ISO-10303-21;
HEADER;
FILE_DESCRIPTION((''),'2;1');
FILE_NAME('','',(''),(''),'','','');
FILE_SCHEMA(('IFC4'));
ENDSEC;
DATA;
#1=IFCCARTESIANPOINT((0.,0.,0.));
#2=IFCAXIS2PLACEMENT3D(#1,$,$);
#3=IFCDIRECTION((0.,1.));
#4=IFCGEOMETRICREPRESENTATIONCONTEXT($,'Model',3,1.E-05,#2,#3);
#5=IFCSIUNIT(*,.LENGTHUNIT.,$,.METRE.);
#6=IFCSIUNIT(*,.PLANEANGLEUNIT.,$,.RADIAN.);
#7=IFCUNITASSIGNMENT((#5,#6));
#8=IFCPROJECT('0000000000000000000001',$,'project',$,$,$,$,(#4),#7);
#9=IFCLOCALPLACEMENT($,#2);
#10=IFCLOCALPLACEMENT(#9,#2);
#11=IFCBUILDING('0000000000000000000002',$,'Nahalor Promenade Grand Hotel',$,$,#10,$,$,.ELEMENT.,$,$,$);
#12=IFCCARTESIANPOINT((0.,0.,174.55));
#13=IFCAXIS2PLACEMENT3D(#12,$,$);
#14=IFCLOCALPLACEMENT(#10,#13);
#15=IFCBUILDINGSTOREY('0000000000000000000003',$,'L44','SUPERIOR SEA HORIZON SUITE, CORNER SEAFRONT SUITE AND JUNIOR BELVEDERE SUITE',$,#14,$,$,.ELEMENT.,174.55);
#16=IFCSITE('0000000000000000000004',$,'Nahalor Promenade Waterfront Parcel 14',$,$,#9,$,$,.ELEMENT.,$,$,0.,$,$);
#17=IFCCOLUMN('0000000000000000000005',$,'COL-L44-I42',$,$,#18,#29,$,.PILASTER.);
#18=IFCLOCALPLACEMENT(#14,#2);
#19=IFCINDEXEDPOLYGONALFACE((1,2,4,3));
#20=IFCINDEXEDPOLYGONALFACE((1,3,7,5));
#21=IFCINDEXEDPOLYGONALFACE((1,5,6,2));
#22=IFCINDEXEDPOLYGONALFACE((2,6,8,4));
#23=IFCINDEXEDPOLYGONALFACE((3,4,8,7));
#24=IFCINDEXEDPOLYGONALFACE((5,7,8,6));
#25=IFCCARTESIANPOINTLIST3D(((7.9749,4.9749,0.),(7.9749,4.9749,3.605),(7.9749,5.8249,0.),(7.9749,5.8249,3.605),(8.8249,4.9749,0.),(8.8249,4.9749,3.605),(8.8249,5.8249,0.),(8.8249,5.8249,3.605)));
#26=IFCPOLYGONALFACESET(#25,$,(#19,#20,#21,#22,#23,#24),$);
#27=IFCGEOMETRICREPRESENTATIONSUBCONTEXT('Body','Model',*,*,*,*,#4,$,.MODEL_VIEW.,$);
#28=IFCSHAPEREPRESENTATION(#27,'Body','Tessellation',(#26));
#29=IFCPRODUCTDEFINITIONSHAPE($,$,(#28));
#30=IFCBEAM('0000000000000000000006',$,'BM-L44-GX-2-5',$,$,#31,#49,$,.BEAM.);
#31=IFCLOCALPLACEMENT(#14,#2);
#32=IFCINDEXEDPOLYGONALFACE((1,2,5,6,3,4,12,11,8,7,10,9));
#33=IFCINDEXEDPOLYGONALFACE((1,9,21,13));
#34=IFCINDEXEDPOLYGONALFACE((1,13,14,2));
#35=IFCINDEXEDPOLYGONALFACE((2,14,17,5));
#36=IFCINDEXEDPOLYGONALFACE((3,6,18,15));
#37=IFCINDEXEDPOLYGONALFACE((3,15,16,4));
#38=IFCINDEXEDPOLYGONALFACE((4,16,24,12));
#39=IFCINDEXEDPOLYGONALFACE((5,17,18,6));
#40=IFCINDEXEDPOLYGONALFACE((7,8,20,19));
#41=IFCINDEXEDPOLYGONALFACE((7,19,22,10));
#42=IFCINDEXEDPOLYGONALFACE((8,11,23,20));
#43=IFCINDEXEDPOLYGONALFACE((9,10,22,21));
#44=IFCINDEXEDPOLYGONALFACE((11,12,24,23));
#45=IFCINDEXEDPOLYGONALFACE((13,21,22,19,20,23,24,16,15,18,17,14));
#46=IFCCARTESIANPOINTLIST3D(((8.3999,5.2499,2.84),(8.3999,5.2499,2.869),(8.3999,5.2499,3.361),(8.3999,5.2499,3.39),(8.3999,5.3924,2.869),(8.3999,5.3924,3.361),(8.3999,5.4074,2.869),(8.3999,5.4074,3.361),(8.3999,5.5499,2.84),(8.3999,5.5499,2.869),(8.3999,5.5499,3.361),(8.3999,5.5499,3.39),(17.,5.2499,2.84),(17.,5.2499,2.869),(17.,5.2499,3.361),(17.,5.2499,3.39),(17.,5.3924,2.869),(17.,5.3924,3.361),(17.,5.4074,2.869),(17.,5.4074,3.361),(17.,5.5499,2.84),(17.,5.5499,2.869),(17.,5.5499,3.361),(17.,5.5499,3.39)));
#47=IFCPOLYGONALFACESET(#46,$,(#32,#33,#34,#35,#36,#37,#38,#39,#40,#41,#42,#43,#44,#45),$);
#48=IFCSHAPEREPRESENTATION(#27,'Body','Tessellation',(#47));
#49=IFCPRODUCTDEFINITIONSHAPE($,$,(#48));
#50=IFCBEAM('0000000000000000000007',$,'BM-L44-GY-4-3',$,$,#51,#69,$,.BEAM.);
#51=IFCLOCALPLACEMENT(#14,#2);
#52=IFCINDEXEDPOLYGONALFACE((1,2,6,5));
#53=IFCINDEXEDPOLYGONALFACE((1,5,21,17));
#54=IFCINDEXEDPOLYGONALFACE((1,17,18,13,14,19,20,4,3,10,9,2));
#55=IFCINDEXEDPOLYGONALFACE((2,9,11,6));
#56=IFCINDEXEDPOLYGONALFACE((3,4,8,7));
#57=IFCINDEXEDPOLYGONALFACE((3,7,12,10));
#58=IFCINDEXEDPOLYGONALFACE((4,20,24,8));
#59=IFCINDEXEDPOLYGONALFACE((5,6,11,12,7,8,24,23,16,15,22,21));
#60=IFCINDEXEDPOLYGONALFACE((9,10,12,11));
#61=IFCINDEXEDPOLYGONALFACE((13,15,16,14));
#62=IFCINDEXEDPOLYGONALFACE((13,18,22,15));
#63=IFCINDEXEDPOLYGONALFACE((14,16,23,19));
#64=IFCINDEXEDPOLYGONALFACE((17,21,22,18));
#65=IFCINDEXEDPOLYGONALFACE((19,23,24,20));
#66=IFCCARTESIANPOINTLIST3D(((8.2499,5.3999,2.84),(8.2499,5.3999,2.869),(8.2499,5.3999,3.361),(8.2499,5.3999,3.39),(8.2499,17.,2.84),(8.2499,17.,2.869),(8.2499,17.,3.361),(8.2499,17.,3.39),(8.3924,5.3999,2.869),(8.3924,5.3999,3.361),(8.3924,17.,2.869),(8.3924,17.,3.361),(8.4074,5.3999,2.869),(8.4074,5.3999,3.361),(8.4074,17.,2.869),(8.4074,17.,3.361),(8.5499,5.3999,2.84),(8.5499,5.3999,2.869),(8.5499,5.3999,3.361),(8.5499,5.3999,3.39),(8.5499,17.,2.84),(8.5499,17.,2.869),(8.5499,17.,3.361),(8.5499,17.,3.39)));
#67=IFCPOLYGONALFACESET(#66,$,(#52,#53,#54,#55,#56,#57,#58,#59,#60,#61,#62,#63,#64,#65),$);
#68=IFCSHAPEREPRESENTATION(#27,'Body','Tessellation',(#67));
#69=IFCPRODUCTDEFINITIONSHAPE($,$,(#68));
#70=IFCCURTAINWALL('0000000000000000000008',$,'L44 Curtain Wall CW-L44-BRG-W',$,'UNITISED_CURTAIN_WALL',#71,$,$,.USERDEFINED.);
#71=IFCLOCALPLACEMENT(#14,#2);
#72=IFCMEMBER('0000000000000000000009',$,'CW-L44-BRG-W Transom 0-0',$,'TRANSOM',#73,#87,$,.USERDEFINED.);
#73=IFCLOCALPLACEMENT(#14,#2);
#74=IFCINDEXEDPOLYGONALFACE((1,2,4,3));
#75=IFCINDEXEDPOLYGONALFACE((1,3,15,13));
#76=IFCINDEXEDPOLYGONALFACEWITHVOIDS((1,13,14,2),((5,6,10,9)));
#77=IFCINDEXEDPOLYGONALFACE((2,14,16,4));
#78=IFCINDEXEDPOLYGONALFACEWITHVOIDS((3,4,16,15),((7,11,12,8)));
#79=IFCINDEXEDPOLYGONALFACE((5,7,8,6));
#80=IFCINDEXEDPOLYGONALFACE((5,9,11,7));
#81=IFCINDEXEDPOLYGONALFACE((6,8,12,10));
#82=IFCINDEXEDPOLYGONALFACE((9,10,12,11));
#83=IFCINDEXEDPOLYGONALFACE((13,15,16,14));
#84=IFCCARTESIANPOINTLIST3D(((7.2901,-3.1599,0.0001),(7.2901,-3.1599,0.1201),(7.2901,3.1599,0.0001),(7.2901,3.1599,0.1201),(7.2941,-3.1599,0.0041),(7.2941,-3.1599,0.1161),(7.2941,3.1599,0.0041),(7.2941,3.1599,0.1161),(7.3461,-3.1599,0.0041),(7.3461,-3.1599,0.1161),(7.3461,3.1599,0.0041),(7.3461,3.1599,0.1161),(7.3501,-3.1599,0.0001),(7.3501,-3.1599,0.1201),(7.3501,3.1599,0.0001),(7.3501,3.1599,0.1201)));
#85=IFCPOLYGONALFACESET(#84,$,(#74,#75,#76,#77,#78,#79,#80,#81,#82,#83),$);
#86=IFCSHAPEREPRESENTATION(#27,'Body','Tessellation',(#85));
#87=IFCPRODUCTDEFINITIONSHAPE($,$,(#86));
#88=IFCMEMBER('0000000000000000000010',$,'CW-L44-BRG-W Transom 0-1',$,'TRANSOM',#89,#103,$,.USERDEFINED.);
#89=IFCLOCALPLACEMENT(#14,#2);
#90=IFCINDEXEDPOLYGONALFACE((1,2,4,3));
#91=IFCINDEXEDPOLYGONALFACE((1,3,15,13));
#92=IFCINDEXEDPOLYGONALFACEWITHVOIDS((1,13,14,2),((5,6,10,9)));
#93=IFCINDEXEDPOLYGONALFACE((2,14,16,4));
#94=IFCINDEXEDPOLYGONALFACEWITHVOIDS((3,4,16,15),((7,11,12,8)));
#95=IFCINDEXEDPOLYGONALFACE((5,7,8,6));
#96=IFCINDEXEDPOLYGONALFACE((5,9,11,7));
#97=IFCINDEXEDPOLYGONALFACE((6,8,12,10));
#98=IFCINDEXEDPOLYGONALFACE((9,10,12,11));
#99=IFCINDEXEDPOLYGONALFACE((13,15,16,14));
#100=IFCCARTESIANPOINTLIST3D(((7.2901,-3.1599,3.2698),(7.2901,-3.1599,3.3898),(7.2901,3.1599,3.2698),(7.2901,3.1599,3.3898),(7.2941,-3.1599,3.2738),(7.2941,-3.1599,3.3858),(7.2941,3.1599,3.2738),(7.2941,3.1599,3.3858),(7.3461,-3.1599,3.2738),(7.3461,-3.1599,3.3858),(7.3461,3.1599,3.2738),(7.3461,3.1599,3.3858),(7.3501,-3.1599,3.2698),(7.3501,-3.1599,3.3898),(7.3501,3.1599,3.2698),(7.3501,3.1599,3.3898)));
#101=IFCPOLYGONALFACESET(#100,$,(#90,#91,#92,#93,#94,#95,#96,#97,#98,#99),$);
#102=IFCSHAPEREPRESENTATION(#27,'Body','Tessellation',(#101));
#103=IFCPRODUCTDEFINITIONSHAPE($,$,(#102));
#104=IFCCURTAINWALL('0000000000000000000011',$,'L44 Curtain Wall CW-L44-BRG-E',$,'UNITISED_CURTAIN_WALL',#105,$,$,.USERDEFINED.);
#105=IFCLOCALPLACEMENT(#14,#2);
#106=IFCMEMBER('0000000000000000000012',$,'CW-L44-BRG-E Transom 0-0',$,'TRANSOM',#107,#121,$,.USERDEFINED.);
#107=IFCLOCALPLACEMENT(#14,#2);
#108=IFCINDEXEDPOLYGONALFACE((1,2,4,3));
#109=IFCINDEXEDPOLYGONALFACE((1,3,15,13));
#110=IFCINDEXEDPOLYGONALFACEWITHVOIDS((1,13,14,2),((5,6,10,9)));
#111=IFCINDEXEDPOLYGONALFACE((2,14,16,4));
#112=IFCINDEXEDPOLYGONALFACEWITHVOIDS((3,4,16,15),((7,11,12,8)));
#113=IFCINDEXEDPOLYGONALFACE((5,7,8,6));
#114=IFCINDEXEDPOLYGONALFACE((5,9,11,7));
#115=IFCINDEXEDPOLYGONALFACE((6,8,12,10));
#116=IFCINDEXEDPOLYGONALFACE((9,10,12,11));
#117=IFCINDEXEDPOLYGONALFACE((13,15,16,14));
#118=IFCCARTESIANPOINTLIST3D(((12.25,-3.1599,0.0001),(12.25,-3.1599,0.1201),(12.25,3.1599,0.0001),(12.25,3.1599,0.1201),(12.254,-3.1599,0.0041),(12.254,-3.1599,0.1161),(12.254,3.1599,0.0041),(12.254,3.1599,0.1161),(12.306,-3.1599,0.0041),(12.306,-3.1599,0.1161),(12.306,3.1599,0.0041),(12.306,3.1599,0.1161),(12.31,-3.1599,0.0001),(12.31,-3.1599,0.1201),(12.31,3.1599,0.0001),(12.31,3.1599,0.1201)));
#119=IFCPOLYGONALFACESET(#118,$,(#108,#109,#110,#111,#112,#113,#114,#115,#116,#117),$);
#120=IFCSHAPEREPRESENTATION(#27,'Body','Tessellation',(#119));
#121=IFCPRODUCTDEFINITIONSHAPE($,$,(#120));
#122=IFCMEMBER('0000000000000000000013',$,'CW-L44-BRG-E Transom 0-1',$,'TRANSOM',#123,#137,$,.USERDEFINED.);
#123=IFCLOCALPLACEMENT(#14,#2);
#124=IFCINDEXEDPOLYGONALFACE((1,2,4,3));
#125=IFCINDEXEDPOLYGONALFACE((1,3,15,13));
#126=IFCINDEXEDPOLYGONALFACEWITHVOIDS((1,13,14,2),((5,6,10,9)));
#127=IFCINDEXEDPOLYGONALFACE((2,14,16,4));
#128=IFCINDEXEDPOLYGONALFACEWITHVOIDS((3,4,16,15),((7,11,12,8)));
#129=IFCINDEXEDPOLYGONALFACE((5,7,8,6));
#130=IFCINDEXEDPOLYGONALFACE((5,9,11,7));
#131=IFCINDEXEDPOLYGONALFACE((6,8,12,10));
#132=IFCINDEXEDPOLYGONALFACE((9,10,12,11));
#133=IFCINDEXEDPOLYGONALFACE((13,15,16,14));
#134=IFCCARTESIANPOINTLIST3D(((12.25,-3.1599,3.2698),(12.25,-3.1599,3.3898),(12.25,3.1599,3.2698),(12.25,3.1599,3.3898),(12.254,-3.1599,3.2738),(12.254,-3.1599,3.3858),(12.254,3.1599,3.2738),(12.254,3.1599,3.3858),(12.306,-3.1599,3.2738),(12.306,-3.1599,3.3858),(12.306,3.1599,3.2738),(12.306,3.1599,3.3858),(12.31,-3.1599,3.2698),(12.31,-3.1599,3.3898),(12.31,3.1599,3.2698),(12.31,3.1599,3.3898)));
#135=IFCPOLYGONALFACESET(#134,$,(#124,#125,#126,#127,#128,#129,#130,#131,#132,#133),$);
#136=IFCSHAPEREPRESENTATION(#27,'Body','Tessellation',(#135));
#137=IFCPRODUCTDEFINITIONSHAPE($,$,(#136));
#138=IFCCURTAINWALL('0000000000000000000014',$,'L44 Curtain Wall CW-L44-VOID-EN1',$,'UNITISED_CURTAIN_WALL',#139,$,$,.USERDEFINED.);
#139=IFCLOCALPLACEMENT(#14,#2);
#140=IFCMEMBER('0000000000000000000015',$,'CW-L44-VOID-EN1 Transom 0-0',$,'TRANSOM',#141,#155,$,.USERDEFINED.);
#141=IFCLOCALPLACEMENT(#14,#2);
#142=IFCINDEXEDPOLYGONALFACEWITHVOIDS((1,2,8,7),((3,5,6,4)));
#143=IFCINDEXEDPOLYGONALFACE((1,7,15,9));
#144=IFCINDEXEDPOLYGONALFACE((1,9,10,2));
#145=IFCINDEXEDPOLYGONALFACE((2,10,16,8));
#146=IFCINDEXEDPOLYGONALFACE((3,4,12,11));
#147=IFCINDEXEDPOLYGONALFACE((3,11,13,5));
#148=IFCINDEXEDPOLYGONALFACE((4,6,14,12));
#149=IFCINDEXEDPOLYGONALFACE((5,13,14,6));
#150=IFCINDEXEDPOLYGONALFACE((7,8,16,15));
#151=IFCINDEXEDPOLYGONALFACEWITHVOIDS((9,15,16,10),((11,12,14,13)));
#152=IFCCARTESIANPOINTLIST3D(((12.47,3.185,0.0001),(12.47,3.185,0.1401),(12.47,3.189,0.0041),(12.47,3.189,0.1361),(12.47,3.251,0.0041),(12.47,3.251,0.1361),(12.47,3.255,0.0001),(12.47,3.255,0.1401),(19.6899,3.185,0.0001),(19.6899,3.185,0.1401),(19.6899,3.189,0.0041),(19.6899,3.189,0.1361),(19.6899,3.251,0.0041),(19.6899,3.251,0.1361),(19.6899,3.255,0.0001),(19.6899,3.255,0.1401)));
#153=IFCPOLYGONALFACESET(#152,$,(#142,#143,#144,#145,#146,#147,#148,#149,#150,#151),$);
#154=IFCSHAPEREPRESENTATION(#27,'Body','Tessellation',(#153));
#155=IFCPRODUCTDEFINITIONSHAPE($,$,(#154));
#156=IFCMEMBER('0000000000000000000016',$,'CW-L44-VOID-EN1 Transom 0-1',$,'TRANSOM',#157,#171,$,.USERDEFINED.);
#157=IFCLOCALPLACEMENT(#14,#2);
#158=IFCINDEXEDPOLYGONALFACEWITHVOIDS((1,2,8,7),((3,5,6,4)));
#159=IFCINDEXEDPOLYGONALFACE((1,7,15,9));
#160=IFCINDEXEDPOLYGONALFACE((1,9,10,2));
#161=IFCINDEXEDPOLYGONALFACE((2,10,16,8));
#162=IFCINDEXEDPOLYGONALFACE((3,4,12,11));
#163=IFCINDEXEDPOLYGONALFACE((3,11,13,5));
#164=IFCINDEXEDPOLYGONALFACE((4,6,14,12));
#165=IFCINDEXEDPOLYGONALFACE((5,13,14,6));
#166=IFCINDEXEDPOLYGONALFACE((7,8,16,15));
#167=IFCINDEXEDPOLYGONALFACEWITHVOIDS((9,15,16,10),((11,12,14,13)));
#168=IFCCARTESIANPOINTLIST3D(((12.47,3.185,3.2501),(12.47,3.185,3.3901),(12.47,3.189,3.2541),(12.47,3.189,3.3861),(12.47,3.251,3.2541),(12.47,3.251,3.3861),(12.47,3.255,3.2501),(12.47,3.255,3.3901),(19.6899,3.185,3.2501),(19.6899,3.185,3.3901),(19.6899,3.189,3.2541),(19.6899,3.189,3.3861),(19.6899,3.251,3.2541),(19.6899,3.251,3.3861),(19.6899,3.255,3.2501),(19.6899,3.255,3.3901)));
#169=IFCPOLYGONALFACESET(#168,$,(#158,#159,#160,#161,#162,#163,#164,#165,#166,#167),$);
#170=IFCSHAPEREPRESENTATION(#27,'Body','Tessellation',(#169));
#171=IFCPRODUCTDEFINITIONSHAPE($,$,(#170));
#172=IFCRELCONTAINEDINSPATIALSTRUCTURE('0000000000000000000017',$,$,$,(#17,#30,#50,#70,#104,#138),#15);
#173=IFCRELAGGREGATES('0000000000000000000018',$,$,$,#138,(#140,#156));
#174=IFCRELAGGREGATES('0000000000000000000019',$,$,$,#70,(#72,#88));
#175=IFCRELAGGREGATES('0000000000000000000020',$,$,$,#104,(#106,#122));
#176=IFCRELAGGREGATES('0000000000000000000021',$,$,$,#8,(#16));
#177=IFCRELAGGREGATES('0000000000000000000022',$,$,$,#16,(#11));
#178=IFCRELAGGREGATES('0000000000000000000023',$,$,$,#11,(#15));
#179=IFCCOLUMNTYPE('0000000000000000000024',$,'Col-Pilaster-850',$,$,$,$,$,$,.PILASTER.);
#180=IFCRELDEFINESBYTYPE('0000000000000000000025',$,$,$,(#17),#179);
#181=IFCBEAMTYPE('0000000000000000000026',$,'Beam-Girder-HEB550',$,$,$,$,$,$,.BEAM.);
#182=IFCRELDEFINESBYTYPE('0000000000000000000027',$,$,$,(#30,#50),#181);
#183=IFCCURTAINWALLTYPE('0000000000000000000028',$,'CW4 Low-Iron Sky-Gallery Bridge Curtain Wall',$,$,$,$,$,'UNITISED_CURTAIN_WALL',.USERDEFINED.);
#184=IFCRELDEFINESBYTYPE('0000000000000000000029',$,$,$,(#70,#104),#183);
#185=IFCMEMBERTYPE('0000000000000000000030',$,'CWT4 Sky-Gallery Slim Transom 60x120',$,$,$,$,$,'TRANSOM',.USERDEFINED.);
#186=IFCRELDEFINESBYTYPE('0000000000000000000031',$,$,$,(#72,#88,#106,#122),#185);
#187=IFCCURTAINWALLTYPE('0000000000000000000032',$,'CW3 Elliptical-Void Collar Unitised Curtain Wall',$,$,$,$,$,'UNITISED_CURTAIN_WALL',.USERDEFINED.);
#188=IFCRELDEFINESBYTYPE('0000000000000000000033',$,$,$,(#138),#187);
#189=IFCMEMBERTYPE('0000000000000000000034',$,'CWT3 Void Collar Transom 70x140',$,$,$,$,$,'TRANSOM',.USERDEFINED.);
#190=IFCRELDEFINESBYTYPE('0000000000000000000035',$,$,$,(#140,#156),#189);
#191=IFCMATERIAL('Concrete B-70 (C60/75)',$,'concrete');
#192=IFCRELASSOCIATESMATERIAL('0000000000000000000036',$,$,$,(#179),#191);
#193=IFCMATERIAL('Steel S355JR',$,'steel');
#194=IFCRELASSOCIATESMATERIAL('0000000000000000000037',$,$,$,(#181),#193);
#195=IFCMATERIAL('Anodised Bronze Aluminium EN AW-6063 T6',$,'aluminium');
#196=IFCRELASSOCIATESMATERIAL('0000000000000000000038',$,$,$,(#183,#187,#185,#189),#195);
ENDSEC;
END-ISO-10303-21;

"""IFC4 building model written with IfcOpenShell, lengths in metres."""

from ifc_helpers import new_model, si_unit, direction, frame, origin, origin_2d, place, context, subcontext, project, spatial, rectangle, hollow_rectangle, i_section, extrude, source, transform, mapped, material, material_profile, profile_set, type_object, element, aggregate, save


model = new_model("IFC4")

# Units and contexts
model_context = context("Model", 3, precision=1e-05, world=origin(), true_north=direction((0.0, 1.0)))
body_context = subcontext(model_context, "Body", "Model", "MODEL_VIEW")
ifc_project = project(units=[si_unit("LENGTHUNIT", "METRE"), si_unit("PLANEANGLEUNIT", "RADIAN")], contexts=[model_context])

# Site, building, storey
site_placement = place(None, origin())
site = spatial("IfcSite", under=ifc_project, at=site_placement, Name="Nahalor Promenade Waterfront Parcel 14", CompositionType="ELEMENT", RefElevation=0.0)
building_placement = place(site_placement, origin())
building = spatial("IfcBuilding", under=site, at=building_placement, Name="Nahalor Promenade Grand Hotel", CompositionType="ELEMENT")
storey_placement = place(building_placement, frame((0.0, 0.0, 174.55)))
storey = spatial("IfcBuildingStorey", under=building, at=storey_placement, Name="L44", Description="SUPERIOR SEA HORIZON SUITE, CORNER SEAFRONT SUITE AND JUNIOR BELVEDERE SUITE", CompositionType="ELEMENT", Elevation=174.55)

# Column
ifc_material_1 = material(Name="Concrete B-70 (C60/75)", Category="concrete")
ifc_material_profile_1 = material_profile(ifc_material_1, rectangle(XDim=0.85, YDim=0.85, at=origin_2d()), Name="RC 850x850")
ifc_profile_set_1 = profile_set([ifc_material_profile_1], Name="Concrete B-70 (C60/75)")
column_type = type_object("IfcColumnType", Name="Col-Pilaster-850", PredefinedType="PILASTER", material=ifc_profile_set_1)
shared_shape_1 = source(origin(), body_context, "Body", "SweptSolid", [
    extrude(rectangle(XDim=0.85, YDim=0.85, at=origin_2d()), origin(), (0.0, 0.0, 1.0), 3.605),
])
column_placement = place(storey_placement, frame((8.3999, 5.3999, 0.0), z_axis=(0.0, 0.0, 1.0), x_axis=(1.0, 0.0, 0.0)))
element("IfcColumn", 1, at=column_placement, inside=storey, type_object=column_type, Name="COL-L44-I42", PredefinedType="PILASTER", context=body_context, shape_type="MappedRepresentation", body=[
    mapped(shared_shape_1, transform((0.0, 0.0, 0.0), scale=1.0)),
])

# Beams
ifc_material_2 = material(Name="Steel S355JR", Category="steel")
ifc_material_profile_2 = material_profile(ifc_material_2, i_section(OverallWidth=0.3, OverallDepth=0.55, WebThickness=0.015, FlangeThickness=0.029, at=origin_2d()), Name="HEB 550")
ifc_profile_set_2 = profile_set([ifc_material_profile_2], Name="Steel S355JR")
beam_type = type_object("IfcBeamType", Name="Beam-Girder-HEB550", PredefinedType="BEAM", material=ifc_profile_set_2)
shared_shape_2 = source(origin(), body_context, "Body", "SweptSolid", [
    extrude(i_section(OverallWidth=0.3, OverallDepth=0.55, WebThickness=0.015, FlangeThickness=0.029, at=origin_2d()), origin(), (0.0, 0.0, 1.0), 8.6001),
])
beam_1_placement = place(storey_placement, frame((8.3999, 5.3999, 3.115), z_axis=(1.0, 0.0, 0.0), x_axis=(0.0, 1.0, 0.0)))
element("IfcBeam", 2, at=beam_1_placement, inside=storey, type_object=beam_type, Name="BM-L44-GX-2-5", PredefinedType="BEAM", context=body_context, shape_type="MappedRepresentation", body=[
    mapped(shared_shape_2, transform((0.0, 0.0, 0.0), scale=1.0)),
])
shared_shape_3 = source(origin(), body_context, "Body", "SweptSolid", [
    extrude(i_section(OverallWidth=0.3, OverallDepth=0.55, WebThickness=0.015, FlangeThickness=0.029, at=origin_2d()), origin(), (0.0, 0.0, 1.0), 11.6001),
])
beam_2_placement = place(storey_placement, frame((8.3999, 5.3999, 3.115), z_axis=(0.0, 1.0, 0.0), x_axis=(-1.0, 0.0, 0.0)))
element("IfcBeam", 3, at=beam_2_placement, inside=storey, type_object=beam_type, Name="BM-L44-GY-4-3", PredefinedType="BEAM", context=body_context, shape_type="MappedRepresentation", body=[
    mapped(shared_shape_3, transform((0.0, 0.0, 0.0), scale=1.0)),
])

# Curtain walls, members
ifc_material_3 = material(Name="Anodised Bronze Aluminium EN AW-6063 T6", Category="aluminium")
curtain_wall_type_1 = type_object("IfcCurtainWallType", Name="CW4 Low-Iron Sky-Gallery Bridge Curtain Wall", ElementType="UNITISED_CURTAIN_WALL", PredefinedType="USERDEFINED", material=ifc_material_3)
curtain_wall_1_placement = place(storey_placement, origin())
curtain_wall_1 = element("IfcCurtainWall", 4, at=curtain_wall_1_placement, inside=storey, type_object=curtain_wall_type_1, Name="L44 Curtain Wall CW-L44-BRG-W", ObjectType="UNITISED_CURTAIN_WALL", PredefinedType="USERDEFINED")
ifc_material_profile_3 = material_profile(ifc_material_3, hollow_rectangle(XDim=0.06, YDim=0.12, WallThickness=0.004, at=origin_2d()), Name="CWT 60x120x4")
ifc_profile_set_3 = profile_set([ifc_material_profile_3], Name="Anodised Bronze Aluminium EN AW-6063 T6")
member_type_1 = type_object("IfcMemberType", Name="CWT4 Sky-Gallery Slim Transom 60x120", ElementType="TRANSOM", PredefinedType="USERDEFINED", material=ifc_profile_set_3)
shared_shape_4 = source(origin(), body_context, "Body", "SweptSolid", [
    extrude(hollow_rectangle(XDim=0.06, YDim=0.12, WallThickness=0.004, at=origin_2d()), origin(), (0.0, 0.0, 1.0), 6.3198),
])
member_1_placement = place(storey_placement, frame((7.3201, -3.1599, 0.0601), z_axis=(0.0, 1.0, 0.0), x_axis=(-1.0, 0.0, 0.0)))
member_1 = element("IfcMember", 5, at=member_1_placement, type_object=member_type_1, Name="CW-L44-BRG-W Transom 0-0", ObjectType="TRANSOM", PredefinedType="USERDEFINED", context=body_context, shape_type="MappedRepresentation", body=[
    mapped(shared_shape_4, transform((0.0, 0.0, 0.0), scale=1.0)),
])
member_2_placement = place(storey_placement, frame((7.3201, -3.1599, 3.3298), z_axis=(0.0, 1.0, 0.0), x_axis=(-1.0, 0.0, 0.0)))
member_2 = element("IfcMember", 6, at=member_2_placement, type_object=member_type_1, Name="CW-L44-BRG-W Transom 0-1", ObjectType="TRANSOM", PredefinedType="USERDEFINED", context=body_context, shape_type="MappedRepresentation", body=[
    mapped(shared_shape_4, transform((0.0, 0.0, 0.0), scale=1.0)),
])
curtain_wall_2_placement = place(storey_placement, origin())
curtain_wall_2 = element("IfcCurtainWall", 7, at=curtain_wall_2_placement, inside=storey, type_object=curtain_wall_type_1, Name="L44 Curtain Wall CW-L44-BRG-E", ObjectType="UNITISED_CURTAIN_WALL", PredefinedType="USERDEFINED")
member_3_placement = place(storey_placement, frame((12.28, -3.1599, 0.0601), z_axis=(0.0, 1.0, 0.0), x_axis=(-1.0, 0.0, 0.0)))
member_3 = element("IfcMember", 8, at=member_3_placement, type_object=member_type_1, Name="CW-L44-BRG-E Transom 0-0", ObjectType="TRANSOM", PredefinedType="USERDEFINED", context=body_context, shape_type="MappedRepresentation", body=[
    mapped(shared_shape_4, transform((0.0, 0.0, 0.0), scale=1.0)),
])
member_4_placement = place(storey_placement, frame((12.28, -3.1599, 3.3298), z_axis=(0.0, 1.0, 0.0), x_axis=(-1.0, 0.0, 0.0)))
member_4 = element("IfcMember", 9, at=member_4_placement, type_object=member_type_1, Name="CW-L44-BRG-E Transom 0-1", ObjectType="TRANSOM", PredefinedType="USERDEFINED", context=body_context, shape_type="MappedRepresentation", body=[
    mapped(shared_shape_4, transform((0.0, 0.0, 0.0), scale=1.0)),
])
curtain_wall_type_2 = type_object("IfcCurtainWallType", Name="CW3 Elliptical-Void Collar Unitised Curtain Wall", ElementType="UNITISED_CURTAIN_WALL", PredefinedType="USERDEFINED", material=ifc_material_3)
curtain_wall_3_placement = place(storey_placement, origin())
curtain_wall_3 = element("IfcCurtainWall", 10, at=curtain_wall_3_placement, inside=storey, type_object=curtain_wall_type_2, Name="L44 Curtain Wall CW-L44-VOID-EN1", ObjectType="UNITISED_CURTAIN_WALL", PredefinedType="USERDEFINED")
ifc_material_profile_4 = material_profile(ifc_material_3, hollow_rectangle(XDim=0.07, YDim=0.14, WallThickness=0.004, at=origin_2d()), Name="CWT 70x140x4")
ifc_profile_set_4 = profile_set([ifc_material_profile_4], Name="Anodised Bronze Aluminium EN AW-6063 T6")
member_type_2 = type_object("IfcMemberType", Name="CWT3 Void Collar Transom 70x140", ElementType="TRANSOM", PredefinedType="USERDEFINED", material=ifc_profile_set_4)
shared_shape_5 = source(origin(), body_context, "Body", "SweptSolid", [
    extrude(hollow_rectangle(XDim=0.07, YDim=0.14, WallThickness=0.004, at=origin_2d()), origin(), (0.0, 0.0, 1.0), 7.22),
])
member_5_placement = place(storey_placement, frame((12.47, 3.22, 0.0701), z_axis=(1.0, 0.0, 0.0), x_axis=(0.0, 1.0, 0.0)))
member_5 = element("IfcMember", 11, at=member_5_placement, type_object=member_type_2, Name="CW-L44-VOID-EN1 Transom 0-0", ObjectType="TRANSOM", PredefinedType="USERDEFINED", context=body_context, shape_type="MappedRepresentation", body=[
    mapped(shared_shape_5, transform((0.0, 0.0, 0.0), scale=1.0)),
])
member_6_placement = place(storey_placement, frame((12.47, 3.22, 3.3201), z_axis=(1.0, 0.0, 0.0), x_axis=(0.0, 1.0, 0.0)))
member_6 = element("IfcMember", 12, at=member_6_placement, type_object=member_type_2, Name="CW-L44-VOID-EN1 Transom 0-1", ObjectType="TRANSOM", PredefinedType="USERDEFINED", context=body_context, shape_type="MappedRepresentation", body=[
    mapped(shared_shape_5, transform((0.0, 0.0, 0.0), scale=1.0)),
])

aggregate(curtain_wall_3, [member_5, member_6])

aggregate(curtain_wall_1, [member_1, member_2])
aggregate(curtain_wall_2, [member_3, member_4])

save(model, "model.ifc")
